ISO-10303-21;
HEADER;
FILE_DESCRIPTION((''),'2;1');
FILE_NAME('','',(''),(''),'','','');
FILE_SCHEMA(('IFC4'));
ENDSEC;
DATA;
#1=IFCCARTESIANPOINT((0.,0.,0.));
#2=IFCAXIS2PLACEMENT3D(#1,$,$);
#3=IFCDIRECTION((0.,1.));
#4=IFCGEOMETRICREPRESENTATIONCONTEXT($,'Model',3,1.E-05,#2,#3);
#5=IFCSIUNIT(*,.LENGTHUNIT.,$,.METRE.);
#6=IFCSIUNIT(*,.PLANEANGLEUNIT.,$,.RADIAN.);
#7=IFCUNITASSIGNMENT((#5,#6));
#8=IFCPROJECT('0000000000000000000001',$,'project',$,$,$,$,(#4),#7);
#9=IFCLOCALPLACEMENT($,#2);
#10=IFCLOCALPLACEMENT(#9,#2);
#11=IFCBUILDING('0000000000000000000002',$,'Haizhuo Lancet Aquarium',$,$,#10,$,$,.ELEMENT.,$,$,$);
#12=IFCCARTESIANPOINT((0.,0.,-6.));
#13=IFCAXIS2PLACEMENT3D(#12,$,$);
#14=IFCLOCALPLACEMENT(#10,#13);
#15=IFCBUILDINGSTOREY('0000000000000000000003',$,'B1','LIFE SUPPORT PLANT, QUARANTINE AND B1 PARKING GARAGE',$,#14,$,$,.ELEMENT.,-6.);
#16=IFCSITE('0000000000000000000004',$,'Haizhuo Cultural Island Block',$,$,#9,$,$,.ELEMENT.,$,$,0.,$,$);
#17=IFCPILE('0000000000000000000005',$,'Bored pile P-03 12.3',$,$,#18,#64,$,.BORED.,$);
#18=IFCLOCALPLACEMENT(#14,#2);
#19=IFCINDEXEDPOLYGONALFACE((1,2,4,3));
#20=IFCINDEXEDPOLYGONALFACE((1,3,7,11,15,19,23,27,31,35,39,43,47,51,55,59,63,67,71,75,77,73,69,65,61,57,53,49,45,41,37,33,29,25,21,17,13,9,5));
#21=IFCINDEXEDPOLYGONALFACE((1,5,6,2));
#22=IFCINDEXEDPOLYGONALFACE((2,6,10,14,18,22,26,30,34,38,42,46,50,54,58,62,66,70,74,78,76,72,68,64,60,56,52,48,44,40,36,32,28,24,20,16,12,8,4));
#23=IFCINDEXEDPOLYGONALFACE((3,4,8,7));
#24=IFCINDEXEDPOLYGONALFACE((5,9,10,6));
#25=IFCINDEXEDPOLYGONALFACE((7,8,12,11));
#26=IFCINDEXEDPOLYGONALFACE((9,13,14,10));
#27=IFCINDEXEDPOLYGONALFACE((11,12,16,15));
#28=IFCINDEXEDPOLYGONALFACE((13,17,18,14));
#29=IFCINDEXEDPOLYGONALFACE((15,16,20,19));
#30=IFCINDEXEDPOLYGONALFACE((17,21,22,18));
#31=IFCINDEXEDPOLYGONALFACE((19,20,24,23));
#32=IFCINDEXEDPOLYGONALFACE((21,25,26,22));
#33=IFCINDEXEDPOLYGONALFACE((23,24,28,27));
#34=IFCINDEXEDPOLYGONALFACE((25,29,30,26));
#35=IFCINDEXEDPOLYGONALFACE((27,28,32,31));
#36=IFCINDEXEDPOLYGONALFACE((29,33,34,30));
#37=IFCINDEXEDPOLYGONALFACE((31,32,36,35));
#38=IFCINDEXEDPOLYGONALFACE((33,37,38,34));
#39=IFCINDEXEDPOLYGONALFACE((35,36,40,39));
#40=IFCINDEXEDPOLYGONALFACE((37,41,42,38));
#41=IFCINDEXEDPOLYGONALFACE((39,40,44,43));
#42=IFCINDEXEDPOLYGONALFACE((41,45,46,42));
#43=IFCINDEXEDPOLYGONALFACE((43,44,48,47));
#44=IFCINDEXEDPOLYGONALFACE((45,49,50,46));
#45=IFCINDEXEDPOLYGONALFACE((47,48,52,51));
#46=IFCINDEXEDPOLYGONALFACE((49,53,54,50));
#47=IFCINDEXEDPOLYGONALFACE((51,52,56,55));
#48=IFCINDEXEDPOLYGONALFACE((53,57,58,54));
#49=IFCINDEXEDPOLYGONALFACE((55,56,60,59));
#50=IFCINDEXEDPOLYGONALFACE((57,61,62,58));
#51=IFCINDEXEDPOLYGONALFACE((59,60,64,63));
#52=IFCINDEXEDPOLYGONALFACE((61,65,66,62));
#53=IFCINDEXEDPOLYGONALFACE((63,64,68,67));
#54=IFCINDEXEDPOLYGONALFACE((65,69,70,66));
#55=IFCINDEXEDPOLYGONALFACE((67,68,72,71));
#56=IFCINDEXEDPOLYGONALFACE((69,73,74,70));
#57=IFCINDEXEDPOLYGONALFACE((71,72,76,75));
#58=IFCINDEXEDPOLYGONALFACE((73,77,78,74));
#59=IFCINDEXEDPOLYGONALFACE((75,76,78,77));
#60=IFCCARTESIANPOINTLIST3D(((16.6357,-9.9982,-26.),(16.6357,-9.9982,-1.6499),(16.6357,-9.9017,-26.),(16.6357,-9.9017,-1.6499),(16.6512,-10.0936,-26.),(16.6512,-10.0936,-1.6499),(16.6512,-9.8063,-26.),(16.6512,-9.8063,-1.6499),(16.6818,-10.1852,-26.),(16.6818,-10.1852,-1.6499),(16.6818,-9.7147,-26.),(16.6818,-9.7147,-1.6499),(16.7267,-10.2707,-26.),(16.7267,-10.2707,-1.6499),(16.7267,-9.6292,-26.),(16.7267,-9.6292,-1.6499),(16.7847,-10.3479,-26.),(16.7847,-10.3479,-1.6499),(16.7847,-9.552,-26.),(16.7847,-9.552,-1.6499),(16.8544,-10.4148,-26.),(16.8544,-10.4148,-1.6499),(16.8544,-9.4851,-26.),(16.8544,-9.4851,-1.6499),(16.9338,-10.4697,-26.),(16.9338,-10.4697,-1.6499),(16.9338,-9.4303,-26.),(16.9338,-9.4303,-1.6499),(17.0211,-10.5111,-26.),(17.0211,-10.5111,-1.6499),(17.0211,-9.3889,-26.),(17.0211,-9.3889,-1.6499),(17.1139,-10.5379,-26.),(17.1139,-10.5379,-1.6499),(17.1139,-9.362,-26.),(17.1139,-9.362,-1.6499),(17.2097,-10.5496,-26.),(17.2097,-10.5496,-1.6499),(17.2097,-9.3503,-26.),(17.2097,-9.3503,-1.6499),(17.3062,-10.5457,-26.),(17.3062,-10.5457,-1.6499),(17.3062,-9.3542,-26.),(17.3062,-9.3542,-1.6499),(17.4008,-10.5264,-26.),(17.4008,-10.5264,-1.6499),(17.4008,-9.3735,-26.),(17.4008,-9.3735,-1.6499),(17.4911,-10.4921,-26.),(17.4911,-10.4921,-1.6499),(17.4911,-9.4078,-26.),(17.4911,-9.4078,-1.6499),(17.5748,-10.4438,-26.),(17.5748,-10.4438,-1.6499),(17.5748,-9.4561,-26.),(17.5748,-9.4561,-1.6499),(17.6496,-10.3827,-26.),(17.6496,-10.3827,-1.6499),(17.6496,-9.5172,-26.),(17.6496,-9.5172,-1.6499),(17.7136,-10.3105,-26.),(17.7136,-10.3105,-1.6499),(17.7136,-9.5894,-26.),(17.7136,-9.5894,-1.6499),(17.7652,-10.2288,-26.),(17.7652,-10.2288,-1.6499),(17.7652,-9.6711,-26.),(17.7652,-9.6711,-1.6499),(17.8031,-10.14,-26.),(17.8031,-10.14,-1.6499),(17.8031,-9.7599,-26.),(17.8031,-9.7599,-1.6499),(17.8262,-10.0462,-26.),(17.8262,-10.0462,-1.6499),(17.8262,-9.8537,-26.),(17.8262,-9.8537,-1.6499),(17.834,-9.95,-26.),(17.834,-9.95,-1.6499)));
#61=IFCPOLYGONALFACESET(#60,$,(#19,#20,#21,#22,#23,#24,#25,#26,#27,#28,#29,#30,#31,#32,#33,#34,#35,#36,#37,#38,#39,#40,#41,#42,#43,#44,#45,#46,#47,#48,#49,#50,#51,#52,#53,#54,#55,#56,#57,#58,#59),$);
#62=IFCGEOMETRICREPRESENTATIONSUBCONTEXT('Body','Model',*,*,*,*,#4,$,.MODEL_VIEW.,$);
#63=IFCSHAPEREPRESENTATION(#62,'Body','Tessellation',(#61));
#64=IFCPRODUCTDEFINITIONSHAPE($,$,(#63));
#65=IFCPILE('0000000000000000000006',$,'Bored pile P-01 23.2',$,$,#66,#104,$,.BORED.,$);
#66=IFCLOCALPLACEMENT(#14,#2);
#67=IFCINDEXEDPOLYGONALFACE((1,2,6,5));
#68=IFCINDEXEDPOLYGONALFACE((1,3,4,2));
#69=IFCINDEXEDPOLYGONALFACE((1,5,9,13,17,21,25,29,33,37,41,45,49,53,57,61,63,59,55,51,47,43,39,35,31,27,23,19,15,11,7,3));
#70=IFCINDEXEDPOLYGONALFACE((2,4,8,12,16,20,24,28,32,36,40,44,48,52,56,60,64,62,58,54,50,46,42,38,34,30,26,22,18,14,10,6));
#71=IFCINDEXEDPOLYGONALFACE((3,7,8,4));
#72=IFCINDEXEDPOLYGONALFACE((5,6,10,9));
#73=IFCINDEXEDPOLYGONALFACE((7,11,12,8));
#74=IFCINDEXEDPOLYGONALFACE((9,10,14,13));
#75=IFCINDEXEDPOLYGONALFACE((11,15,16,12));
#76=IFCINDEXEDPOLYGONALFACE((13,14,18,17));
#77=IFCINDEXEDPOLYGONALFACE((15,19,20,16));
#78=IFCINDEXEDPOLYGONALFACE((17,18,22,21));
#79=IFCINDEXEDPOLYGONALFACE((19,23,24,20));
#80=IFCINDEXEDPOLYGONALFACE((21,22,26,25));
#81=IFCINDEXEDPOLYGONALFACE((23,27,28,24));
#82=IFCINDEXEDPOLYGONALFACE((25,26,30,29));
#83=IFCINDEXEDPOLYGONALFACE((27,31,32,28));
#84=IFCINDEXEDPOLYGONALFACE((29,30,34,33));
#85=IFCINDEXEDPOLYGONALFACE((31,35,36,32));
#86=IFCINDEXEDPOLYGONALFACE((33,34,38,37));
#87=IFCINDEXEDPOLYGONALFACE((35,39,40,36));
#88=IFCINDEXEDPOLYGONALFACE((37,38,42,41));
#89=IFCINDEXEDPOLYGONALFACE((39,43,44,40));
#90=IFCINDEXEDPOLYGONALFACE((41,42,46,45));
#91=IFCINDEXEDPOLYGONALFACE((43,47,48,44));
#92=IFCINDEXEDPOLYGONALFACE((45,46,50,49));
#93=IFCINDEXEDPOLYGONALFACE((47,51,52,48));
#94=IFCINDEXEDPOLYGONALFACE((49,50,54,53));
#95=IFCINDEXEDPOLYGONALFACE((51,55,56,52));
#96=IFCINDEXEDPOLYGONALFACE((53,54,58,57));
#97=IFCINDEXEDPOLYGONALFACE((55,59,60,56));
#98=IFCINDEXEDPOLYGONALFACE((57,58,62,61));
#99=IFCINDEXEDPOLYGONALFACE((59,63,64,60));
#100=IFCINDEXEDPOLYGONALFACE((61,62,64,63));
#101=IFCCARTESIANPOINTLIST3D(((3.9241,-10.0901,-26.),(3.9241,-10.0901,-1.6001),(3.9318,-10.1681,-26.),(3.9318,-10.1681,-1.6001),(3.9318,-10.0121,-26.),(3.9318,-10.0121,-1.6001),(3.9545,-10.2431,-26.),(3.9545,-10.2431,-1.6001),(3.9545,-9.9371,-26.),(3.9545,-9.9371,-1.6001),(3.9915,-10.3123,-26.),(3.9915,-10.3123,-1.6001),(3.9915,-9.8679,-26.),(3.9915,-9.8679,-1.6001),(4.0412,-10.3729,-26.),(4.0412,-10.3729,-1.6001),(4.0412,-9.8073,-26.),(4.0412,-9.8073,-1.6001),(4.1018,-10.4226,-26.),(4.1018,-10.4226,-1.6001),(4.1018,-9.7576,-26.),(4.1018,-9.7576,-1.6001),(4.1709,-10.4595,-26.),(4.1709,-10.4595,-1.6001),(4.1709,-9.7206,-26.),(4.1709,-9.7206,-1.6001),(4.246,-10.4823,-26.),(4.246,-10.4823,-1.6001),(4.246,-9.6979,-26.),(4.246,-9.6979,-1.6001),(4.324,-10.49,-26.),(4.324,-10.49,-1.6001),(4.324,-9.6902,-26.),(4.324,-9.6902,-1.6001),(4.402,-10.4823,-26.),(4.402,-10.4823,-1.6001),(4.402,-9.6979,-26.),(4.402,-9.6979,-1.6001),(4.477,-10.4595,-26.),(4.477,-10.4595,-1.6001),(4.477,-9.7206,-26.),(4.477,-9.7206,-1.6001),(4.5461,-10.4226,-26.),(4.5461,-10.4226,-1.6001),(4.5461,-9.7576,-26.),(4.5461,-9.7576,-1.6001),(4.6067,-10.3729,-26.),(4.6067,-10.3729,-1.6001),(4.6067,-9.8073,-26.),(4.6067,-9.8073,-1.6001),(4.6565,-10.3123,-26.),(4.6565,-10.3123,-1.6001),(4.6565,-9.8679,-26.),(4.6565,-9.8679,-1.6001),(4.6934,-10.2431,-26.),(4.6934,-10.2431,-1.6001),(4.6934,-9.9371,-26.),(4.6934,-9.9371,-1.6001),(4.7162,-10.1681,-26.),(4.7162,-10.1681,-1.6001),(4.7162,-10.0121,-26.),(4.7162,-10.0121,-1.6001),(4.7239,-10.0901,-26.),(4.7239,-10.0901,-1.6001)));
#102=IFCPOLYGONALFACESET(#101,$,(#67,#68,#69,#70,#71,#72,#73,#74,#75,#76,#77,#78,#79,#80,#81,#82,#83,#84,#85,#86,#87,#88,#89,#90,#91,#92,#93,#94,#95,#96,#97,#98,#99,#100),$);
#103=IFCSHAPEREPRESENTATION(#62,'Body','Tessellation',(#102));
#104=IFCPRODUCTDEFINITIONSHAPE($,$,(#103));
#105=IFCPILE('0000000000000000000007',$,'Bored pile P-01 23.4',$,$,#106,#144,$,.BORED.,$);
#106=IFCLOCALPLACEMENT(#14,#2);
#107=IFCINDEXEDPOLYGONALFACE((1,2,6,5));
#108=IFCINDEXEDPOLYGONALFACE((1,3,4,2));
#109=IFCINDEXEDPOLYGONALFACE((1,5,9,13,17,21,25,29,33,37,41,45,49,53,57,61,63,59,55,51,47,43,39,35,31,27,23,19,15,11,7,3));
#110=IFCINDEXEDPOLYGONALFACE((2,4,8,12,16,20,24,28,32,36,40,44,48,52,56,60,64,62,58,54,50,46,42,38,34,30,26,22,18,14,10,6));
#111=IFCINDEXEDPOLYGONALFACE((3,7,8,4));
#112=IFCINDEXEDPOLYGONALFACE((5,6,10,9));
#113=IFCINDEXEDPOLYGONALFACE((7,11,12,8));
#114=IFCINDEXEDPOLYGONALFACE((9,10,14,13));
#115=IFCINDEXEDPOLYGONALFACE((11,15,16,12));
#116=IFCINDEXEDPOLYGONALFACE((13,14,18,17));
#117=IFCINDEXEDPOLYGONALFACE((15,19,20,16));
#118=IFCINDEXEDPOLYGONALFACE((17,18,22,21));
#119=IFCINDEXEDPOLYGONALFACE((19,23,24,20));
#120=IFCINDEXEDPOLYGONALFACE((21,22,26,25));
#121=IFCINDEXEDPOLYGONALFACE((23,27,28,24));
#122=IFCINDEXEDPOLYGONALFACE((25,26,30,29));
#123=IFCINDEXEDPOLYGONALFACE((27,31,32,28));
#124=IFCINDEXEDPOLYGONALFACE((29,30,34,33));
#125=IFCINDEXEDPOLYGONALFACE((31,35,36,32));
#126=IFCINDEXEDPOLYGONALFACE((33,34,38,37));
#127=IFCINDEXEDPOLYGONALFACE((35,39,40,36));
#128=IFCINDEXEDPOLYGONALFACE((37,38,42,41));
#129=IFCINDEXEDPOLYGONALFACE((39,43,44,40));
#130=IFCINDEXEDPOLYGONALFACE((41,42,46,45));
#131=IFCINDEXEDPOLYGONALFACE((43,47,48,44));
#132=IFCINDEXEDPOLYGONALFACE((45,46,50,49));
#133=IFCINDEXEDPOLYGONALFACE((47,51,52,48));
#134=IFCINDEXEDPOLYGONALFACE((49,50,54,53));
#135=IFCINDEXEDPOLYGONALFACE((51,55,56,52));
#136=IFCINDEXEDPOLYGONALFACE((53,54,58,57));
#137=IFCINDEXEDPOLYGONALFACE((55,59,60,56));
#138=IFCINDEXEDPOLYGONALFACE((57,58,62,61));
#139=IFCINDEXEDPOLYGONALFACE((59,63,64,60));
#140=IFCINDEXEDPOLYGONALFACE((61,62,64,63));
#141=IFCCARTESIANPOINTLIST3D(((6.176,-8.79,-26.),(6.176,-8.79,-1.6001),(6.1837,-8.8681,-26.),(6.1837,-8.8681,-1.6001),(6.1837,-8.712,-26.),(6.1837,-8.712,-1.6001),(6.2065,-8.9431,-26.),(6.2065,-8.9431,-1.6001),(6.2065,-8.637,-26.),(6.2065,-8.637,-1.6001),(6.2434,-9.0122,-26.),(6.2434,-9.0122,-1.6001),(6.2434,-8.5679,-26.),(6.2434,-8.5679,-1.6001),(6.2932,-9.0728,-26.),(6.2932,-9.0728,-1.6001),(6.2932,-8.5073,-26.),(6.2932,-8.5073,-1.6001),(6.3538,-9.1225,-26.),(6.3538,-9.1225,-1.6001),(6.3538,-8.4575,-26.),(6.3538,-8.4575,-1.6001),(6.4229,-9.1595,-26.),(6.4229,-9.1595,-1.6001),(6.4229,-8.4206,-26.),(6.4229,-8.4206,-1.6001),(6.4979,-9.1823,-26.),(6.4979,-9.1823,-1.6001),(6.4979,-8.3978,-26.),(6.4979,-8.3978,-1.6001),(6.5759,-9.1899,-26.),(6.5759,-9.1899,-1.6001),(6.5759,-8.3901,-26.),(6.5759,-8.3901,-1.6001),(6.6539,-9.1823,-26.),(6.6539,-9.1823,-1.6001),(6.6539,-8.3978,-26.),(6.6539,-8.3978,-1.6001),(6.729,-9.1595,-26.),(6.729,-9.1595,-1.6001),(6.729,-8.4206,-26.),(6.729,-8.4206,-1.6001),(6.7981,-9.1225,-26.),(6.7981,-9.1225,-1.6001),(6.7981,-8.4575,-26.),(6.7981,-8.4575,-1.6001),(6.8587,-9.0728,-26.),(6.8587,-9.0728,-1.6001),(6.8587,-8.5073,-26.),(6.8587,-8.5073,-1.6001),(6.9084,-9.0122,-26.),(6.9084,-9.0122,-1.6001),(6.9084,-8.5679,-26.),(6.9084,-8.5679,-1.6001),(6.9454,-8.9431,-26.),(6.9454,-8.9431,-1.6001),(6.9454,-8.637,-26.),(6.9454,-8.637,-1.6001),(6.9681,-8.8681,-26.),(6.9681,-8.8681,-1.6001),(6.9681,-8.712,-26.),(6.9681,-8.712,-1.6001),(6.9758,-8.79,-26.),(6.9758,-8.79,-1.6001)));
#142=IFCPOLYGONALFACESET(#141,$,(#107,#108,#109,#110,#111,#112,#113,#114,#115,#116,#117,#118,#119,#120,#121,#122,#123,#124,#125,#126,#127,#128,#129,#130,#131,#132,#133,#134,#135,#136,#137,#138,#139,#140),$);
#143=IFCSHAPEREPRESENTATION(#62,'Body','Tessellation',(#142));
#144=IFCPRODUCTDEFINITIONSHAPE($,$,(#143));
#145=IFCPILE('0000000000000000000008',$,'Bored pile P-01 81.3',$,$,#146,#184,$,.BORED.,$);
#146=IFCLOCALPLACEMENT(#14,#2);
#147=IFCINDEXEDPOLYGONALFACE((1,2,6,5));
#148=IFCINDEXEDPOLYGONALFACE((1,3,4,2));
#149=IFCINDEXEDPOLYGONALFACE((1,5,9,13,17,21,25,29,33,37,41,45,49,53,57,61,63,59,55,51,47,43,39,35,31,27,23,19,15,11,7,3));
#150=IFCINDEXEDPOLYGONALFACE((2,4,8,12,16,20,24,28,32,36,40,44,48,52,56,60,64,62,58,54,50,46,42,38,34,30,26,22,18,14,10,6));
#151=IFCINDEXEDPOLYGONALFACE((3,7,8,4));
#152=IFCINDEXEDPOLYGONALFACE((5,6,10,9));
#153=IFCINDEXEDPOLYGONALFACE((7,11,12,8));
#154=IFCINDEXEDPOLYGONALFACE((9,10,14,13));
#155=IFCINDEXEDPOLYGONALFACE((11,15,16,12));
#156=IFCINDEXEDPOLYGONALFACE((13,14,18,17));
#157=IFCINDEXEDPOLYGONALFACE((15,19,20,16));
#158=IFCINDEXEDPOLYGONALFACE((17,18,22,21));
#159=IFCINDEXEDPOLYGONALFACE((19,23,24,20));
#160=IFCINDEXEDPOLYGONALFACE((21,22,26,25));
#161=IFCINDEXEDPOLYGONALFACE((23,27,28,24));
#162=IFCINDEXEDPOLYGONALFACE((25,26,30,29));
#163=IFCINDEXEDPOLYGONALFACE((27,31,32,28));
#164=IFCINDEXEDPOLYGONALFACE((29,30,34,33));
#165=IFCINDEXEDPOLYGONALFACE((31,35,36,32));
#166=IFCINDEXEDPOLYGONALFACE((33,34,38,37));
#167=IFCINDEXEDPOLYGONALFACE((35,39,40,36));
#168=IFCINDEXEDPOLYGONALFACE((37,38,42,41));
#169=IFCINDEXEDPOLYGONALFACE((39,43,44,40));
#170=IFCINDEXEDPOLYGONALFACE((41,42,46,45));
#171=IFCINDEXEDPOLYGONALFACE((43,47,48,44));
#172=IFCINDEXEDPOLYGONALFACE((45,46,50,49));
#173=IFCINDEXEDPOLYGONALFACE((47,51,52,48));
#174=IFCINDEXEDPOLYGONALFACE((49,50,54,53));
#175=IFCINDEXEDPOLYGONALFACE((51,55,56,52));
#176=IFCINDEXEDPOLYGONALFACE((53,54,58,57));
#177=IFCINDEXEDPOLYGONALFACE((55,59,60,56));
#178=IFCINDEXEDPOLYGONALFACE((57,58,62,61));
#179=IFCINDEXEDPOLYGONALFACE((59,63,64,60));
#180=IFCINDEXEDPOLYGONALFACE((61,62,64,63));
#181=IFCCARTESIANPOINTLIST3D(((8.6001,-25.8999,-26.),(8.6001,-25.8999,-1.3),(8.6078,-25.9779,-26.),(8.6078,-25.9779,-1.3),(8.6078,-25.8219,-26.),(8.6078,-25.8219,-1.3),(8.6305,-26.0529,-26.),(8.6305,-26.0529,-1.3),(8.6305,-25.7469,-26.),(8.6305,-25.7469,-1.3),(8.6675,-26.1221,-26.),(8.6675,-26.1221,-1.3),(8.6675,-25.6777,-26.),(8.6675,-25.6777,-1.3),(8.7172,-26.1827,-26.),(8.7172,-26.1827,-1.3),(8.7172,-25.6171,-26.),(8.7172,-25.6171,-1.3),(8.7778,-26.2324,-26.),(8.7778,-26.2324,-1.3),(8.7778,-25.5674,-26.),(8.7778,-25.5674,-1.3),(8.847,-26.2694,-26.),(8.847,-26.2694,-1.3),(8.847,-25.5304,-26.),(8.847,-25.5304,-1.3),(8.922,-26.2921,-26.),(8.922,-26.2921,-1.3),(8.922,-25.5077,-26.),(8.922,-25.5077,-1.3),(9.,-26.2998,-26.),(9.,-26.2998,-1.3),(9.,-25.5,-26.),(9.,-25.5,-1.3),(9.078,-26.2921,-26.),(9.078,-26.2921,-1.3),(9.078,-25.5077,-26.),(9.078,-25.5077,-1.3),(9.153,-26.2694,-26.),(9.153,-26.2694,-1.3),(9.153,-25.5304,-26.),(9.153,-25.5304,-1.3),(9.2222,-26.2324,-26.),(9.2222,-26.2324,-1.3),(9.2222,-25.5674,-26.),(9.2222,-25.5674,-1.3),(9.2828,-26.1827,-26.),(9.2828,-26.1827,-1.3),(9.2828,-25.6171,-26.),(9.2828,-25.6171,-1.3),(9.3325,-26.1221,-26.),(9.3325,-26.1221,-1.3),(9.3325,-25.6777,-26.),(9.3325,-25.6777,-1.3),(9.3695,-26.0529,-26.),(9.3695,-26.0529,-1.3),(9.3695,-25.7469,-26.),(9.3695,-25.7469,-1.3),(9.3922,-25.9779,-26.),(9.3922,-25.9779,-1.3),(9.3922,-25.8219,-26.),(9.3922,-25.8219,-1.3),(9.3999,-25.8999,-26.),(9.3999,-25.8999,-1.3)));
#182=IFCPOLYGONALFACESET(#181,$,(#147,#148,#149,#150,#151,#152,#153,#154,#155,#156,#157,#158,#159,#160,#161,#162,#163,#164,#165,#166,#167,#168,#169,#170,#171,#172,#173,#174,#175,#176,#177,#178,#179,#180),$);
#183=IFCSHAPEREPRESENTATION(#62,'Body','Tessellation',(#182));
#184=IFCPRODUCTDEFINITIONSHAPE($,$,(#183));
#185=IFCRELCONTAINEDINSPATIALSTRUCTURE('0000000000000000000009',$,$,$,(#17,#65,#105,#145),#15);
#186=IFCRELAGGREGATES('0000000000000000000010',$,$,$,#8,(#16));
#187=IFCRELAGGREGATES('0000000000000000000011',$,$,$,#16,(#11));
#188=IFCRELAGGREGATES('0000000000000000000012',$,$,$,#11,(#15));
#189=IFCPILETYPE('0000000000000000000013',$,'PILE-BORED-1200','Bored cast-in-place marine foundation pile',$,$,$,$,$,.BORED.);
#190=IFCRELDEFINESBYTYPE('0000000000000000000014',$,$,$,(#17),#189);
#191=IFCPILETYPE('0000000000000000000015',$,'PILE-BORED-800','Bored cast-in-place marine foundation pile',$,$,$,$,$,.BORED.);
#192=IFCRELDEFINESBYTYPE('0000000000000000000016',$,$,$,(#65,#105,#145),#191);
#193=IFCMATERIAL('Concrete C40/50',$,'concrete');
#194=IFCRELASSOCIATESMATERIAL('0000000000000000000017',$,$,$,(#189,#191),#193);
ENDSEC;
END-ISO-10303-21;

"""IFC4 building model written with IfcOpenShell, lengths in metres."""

from ifc_helpers import new_model, si_unit, direction, frame, origin, origin_2d, place, context, subcontext, project, spatial, circle, extrude, material, material_profile, profile_set, type_object, element, save


model = new_model("IFC4")

# Units and contexts
model_context = context("Model", 3, precision=1e-05, world=origin(), true_north=direction((0.0, 1.0)))
body_context = subcontext(model_context, "Body", "Model", "MODEL_VIEW")
ifc_project = project(units=[si_unit("LENGTHUNIT", "METRE"), si_unit("PLANEANGLEUNIT", "RADIAN")], contexts=[model_context])

# Site, building, storey
site_placement = place(None, origin())
site = spatial("IfcSite", under=ifc_project, at=site_placement, Name="Haizhuo Cultural Island Block", CompositionType="ELEMENT", RefElevation=0.0)
building_placement = place(site_placement, origin())
building = spatial("IfcBuilding", under=site, at=building_placement, Name="Haizhuo Lancet Aquarium", CompositionType="ELEMENT")
storey_placement = place(building_placement, frame((0.0, 0.0, -6.0)))
storey = spatial("IfcBuildingStorey", under=building, at=storey_placement, Name="B1", Description="LIFE SUPPORT PLANT, QUARANTINE AND B1 PARKING GARAGE", CompositionType="ELEMENT", Elevation=-6.0)

# Shared definitions
ifc_material_1 = material(Name="Concrete C40/50", Category="concrete")

# Piles
ifc_material_profile_1 = material_profile(ifc_material_1, circle(Radius=0.6001, at=origin_2d()), Name="PILE-1200")
ifc_profile_set_1 = profile_set([ifc_material_profile_1], Name="Concrete C40/50")
pile_type_1 = type_object("IfcPileType", Name="PILE-BORED-1200", Description="Bored cast-in-place marine foundation pile", PredefinedType="BORED", material=ifc_profile_set_1)
for number, where, z_axis, x_axis, name in (
    (1, (17.2339, -9.95, -1.6499), (0.0, 0.0, -1.0), (1.0, 0.0, 0.0), "Bored pile P-03 12.3"),
):
    element("IfcPile", number, at=place(storey_placement, frame(where, z_axis=z_axis, x_axis=x_axis)), inside=storey, type_object=pile_type_1, Name=name, PredefinedType="BORED", context=body_context, shape_type="SweptSolid", body=[
        extrude(circle(Radius=0.6001, at=origin_2d()), origin(), (0.0, 0.0, 1.0), 24.3501),
    ])
ifc_material_profile_2 = material_profile(ifc_material_1, circle(Radius=0.3999, at=origin_2d()), Name="PILE-800")
ifc_profile_set_2 = profile_set([ifc_material_profile_2], Name="Concrete C40/50")
pile_type_2 = type_object("IfcPileType", Name="PILE-BORED-800", Description="Bored cast-in-place marine foundation pile", PredefinedType="BORED", material=ifc_profile_set_2)
for number, where, z_axis, x_axis, name in (
    (2, (4.324, -10.0901, -1.6001), (0.0, 0.0, -1.0), (1.0, 0.0, 0.0), "Bored pile P-01 23.2"),
    (3, (6.5759, -8.79, -1.6001), (0.0, 0.0, -1.0), (1.0, 0.0, 0.0), "Bored pile P-01 23.4"),
):
    element("IfcPile", number, at=place(storey_placement, frame(where, z_axis=z_axis, x_axis=x_axis)), inside=storey, type_object=pile_type_2, Name=name, PredefinedType="BORED", context=body_context, shape_type="SweptSolid", body=[
        extrude(circle(Radius=0.3999, at=origin_2d()), origin(), (0.0, 0.0, 1.0), 24.3999),
    ])
pile_placement = place(storey_placement, frame((9.0, -25.8999, -1.3), z_axis=(0.0, 0.0, -1.0), x_axis=(1.0, 0.0, 0.0)))
element("IfcPile", 4, at=pile_placement, inside=storey, type_object=pile_type_2, Name="Bored pile P-01 81.3", PredefinedType="BORED", context=body_context, shape_type="SweptSolid", body=[
    extrude(circle(Radius=0.3999, at=origin_2d()), origin(), (0.0, 0.0, 1.0), 24.7),
])

save(model, "model.ifc")
